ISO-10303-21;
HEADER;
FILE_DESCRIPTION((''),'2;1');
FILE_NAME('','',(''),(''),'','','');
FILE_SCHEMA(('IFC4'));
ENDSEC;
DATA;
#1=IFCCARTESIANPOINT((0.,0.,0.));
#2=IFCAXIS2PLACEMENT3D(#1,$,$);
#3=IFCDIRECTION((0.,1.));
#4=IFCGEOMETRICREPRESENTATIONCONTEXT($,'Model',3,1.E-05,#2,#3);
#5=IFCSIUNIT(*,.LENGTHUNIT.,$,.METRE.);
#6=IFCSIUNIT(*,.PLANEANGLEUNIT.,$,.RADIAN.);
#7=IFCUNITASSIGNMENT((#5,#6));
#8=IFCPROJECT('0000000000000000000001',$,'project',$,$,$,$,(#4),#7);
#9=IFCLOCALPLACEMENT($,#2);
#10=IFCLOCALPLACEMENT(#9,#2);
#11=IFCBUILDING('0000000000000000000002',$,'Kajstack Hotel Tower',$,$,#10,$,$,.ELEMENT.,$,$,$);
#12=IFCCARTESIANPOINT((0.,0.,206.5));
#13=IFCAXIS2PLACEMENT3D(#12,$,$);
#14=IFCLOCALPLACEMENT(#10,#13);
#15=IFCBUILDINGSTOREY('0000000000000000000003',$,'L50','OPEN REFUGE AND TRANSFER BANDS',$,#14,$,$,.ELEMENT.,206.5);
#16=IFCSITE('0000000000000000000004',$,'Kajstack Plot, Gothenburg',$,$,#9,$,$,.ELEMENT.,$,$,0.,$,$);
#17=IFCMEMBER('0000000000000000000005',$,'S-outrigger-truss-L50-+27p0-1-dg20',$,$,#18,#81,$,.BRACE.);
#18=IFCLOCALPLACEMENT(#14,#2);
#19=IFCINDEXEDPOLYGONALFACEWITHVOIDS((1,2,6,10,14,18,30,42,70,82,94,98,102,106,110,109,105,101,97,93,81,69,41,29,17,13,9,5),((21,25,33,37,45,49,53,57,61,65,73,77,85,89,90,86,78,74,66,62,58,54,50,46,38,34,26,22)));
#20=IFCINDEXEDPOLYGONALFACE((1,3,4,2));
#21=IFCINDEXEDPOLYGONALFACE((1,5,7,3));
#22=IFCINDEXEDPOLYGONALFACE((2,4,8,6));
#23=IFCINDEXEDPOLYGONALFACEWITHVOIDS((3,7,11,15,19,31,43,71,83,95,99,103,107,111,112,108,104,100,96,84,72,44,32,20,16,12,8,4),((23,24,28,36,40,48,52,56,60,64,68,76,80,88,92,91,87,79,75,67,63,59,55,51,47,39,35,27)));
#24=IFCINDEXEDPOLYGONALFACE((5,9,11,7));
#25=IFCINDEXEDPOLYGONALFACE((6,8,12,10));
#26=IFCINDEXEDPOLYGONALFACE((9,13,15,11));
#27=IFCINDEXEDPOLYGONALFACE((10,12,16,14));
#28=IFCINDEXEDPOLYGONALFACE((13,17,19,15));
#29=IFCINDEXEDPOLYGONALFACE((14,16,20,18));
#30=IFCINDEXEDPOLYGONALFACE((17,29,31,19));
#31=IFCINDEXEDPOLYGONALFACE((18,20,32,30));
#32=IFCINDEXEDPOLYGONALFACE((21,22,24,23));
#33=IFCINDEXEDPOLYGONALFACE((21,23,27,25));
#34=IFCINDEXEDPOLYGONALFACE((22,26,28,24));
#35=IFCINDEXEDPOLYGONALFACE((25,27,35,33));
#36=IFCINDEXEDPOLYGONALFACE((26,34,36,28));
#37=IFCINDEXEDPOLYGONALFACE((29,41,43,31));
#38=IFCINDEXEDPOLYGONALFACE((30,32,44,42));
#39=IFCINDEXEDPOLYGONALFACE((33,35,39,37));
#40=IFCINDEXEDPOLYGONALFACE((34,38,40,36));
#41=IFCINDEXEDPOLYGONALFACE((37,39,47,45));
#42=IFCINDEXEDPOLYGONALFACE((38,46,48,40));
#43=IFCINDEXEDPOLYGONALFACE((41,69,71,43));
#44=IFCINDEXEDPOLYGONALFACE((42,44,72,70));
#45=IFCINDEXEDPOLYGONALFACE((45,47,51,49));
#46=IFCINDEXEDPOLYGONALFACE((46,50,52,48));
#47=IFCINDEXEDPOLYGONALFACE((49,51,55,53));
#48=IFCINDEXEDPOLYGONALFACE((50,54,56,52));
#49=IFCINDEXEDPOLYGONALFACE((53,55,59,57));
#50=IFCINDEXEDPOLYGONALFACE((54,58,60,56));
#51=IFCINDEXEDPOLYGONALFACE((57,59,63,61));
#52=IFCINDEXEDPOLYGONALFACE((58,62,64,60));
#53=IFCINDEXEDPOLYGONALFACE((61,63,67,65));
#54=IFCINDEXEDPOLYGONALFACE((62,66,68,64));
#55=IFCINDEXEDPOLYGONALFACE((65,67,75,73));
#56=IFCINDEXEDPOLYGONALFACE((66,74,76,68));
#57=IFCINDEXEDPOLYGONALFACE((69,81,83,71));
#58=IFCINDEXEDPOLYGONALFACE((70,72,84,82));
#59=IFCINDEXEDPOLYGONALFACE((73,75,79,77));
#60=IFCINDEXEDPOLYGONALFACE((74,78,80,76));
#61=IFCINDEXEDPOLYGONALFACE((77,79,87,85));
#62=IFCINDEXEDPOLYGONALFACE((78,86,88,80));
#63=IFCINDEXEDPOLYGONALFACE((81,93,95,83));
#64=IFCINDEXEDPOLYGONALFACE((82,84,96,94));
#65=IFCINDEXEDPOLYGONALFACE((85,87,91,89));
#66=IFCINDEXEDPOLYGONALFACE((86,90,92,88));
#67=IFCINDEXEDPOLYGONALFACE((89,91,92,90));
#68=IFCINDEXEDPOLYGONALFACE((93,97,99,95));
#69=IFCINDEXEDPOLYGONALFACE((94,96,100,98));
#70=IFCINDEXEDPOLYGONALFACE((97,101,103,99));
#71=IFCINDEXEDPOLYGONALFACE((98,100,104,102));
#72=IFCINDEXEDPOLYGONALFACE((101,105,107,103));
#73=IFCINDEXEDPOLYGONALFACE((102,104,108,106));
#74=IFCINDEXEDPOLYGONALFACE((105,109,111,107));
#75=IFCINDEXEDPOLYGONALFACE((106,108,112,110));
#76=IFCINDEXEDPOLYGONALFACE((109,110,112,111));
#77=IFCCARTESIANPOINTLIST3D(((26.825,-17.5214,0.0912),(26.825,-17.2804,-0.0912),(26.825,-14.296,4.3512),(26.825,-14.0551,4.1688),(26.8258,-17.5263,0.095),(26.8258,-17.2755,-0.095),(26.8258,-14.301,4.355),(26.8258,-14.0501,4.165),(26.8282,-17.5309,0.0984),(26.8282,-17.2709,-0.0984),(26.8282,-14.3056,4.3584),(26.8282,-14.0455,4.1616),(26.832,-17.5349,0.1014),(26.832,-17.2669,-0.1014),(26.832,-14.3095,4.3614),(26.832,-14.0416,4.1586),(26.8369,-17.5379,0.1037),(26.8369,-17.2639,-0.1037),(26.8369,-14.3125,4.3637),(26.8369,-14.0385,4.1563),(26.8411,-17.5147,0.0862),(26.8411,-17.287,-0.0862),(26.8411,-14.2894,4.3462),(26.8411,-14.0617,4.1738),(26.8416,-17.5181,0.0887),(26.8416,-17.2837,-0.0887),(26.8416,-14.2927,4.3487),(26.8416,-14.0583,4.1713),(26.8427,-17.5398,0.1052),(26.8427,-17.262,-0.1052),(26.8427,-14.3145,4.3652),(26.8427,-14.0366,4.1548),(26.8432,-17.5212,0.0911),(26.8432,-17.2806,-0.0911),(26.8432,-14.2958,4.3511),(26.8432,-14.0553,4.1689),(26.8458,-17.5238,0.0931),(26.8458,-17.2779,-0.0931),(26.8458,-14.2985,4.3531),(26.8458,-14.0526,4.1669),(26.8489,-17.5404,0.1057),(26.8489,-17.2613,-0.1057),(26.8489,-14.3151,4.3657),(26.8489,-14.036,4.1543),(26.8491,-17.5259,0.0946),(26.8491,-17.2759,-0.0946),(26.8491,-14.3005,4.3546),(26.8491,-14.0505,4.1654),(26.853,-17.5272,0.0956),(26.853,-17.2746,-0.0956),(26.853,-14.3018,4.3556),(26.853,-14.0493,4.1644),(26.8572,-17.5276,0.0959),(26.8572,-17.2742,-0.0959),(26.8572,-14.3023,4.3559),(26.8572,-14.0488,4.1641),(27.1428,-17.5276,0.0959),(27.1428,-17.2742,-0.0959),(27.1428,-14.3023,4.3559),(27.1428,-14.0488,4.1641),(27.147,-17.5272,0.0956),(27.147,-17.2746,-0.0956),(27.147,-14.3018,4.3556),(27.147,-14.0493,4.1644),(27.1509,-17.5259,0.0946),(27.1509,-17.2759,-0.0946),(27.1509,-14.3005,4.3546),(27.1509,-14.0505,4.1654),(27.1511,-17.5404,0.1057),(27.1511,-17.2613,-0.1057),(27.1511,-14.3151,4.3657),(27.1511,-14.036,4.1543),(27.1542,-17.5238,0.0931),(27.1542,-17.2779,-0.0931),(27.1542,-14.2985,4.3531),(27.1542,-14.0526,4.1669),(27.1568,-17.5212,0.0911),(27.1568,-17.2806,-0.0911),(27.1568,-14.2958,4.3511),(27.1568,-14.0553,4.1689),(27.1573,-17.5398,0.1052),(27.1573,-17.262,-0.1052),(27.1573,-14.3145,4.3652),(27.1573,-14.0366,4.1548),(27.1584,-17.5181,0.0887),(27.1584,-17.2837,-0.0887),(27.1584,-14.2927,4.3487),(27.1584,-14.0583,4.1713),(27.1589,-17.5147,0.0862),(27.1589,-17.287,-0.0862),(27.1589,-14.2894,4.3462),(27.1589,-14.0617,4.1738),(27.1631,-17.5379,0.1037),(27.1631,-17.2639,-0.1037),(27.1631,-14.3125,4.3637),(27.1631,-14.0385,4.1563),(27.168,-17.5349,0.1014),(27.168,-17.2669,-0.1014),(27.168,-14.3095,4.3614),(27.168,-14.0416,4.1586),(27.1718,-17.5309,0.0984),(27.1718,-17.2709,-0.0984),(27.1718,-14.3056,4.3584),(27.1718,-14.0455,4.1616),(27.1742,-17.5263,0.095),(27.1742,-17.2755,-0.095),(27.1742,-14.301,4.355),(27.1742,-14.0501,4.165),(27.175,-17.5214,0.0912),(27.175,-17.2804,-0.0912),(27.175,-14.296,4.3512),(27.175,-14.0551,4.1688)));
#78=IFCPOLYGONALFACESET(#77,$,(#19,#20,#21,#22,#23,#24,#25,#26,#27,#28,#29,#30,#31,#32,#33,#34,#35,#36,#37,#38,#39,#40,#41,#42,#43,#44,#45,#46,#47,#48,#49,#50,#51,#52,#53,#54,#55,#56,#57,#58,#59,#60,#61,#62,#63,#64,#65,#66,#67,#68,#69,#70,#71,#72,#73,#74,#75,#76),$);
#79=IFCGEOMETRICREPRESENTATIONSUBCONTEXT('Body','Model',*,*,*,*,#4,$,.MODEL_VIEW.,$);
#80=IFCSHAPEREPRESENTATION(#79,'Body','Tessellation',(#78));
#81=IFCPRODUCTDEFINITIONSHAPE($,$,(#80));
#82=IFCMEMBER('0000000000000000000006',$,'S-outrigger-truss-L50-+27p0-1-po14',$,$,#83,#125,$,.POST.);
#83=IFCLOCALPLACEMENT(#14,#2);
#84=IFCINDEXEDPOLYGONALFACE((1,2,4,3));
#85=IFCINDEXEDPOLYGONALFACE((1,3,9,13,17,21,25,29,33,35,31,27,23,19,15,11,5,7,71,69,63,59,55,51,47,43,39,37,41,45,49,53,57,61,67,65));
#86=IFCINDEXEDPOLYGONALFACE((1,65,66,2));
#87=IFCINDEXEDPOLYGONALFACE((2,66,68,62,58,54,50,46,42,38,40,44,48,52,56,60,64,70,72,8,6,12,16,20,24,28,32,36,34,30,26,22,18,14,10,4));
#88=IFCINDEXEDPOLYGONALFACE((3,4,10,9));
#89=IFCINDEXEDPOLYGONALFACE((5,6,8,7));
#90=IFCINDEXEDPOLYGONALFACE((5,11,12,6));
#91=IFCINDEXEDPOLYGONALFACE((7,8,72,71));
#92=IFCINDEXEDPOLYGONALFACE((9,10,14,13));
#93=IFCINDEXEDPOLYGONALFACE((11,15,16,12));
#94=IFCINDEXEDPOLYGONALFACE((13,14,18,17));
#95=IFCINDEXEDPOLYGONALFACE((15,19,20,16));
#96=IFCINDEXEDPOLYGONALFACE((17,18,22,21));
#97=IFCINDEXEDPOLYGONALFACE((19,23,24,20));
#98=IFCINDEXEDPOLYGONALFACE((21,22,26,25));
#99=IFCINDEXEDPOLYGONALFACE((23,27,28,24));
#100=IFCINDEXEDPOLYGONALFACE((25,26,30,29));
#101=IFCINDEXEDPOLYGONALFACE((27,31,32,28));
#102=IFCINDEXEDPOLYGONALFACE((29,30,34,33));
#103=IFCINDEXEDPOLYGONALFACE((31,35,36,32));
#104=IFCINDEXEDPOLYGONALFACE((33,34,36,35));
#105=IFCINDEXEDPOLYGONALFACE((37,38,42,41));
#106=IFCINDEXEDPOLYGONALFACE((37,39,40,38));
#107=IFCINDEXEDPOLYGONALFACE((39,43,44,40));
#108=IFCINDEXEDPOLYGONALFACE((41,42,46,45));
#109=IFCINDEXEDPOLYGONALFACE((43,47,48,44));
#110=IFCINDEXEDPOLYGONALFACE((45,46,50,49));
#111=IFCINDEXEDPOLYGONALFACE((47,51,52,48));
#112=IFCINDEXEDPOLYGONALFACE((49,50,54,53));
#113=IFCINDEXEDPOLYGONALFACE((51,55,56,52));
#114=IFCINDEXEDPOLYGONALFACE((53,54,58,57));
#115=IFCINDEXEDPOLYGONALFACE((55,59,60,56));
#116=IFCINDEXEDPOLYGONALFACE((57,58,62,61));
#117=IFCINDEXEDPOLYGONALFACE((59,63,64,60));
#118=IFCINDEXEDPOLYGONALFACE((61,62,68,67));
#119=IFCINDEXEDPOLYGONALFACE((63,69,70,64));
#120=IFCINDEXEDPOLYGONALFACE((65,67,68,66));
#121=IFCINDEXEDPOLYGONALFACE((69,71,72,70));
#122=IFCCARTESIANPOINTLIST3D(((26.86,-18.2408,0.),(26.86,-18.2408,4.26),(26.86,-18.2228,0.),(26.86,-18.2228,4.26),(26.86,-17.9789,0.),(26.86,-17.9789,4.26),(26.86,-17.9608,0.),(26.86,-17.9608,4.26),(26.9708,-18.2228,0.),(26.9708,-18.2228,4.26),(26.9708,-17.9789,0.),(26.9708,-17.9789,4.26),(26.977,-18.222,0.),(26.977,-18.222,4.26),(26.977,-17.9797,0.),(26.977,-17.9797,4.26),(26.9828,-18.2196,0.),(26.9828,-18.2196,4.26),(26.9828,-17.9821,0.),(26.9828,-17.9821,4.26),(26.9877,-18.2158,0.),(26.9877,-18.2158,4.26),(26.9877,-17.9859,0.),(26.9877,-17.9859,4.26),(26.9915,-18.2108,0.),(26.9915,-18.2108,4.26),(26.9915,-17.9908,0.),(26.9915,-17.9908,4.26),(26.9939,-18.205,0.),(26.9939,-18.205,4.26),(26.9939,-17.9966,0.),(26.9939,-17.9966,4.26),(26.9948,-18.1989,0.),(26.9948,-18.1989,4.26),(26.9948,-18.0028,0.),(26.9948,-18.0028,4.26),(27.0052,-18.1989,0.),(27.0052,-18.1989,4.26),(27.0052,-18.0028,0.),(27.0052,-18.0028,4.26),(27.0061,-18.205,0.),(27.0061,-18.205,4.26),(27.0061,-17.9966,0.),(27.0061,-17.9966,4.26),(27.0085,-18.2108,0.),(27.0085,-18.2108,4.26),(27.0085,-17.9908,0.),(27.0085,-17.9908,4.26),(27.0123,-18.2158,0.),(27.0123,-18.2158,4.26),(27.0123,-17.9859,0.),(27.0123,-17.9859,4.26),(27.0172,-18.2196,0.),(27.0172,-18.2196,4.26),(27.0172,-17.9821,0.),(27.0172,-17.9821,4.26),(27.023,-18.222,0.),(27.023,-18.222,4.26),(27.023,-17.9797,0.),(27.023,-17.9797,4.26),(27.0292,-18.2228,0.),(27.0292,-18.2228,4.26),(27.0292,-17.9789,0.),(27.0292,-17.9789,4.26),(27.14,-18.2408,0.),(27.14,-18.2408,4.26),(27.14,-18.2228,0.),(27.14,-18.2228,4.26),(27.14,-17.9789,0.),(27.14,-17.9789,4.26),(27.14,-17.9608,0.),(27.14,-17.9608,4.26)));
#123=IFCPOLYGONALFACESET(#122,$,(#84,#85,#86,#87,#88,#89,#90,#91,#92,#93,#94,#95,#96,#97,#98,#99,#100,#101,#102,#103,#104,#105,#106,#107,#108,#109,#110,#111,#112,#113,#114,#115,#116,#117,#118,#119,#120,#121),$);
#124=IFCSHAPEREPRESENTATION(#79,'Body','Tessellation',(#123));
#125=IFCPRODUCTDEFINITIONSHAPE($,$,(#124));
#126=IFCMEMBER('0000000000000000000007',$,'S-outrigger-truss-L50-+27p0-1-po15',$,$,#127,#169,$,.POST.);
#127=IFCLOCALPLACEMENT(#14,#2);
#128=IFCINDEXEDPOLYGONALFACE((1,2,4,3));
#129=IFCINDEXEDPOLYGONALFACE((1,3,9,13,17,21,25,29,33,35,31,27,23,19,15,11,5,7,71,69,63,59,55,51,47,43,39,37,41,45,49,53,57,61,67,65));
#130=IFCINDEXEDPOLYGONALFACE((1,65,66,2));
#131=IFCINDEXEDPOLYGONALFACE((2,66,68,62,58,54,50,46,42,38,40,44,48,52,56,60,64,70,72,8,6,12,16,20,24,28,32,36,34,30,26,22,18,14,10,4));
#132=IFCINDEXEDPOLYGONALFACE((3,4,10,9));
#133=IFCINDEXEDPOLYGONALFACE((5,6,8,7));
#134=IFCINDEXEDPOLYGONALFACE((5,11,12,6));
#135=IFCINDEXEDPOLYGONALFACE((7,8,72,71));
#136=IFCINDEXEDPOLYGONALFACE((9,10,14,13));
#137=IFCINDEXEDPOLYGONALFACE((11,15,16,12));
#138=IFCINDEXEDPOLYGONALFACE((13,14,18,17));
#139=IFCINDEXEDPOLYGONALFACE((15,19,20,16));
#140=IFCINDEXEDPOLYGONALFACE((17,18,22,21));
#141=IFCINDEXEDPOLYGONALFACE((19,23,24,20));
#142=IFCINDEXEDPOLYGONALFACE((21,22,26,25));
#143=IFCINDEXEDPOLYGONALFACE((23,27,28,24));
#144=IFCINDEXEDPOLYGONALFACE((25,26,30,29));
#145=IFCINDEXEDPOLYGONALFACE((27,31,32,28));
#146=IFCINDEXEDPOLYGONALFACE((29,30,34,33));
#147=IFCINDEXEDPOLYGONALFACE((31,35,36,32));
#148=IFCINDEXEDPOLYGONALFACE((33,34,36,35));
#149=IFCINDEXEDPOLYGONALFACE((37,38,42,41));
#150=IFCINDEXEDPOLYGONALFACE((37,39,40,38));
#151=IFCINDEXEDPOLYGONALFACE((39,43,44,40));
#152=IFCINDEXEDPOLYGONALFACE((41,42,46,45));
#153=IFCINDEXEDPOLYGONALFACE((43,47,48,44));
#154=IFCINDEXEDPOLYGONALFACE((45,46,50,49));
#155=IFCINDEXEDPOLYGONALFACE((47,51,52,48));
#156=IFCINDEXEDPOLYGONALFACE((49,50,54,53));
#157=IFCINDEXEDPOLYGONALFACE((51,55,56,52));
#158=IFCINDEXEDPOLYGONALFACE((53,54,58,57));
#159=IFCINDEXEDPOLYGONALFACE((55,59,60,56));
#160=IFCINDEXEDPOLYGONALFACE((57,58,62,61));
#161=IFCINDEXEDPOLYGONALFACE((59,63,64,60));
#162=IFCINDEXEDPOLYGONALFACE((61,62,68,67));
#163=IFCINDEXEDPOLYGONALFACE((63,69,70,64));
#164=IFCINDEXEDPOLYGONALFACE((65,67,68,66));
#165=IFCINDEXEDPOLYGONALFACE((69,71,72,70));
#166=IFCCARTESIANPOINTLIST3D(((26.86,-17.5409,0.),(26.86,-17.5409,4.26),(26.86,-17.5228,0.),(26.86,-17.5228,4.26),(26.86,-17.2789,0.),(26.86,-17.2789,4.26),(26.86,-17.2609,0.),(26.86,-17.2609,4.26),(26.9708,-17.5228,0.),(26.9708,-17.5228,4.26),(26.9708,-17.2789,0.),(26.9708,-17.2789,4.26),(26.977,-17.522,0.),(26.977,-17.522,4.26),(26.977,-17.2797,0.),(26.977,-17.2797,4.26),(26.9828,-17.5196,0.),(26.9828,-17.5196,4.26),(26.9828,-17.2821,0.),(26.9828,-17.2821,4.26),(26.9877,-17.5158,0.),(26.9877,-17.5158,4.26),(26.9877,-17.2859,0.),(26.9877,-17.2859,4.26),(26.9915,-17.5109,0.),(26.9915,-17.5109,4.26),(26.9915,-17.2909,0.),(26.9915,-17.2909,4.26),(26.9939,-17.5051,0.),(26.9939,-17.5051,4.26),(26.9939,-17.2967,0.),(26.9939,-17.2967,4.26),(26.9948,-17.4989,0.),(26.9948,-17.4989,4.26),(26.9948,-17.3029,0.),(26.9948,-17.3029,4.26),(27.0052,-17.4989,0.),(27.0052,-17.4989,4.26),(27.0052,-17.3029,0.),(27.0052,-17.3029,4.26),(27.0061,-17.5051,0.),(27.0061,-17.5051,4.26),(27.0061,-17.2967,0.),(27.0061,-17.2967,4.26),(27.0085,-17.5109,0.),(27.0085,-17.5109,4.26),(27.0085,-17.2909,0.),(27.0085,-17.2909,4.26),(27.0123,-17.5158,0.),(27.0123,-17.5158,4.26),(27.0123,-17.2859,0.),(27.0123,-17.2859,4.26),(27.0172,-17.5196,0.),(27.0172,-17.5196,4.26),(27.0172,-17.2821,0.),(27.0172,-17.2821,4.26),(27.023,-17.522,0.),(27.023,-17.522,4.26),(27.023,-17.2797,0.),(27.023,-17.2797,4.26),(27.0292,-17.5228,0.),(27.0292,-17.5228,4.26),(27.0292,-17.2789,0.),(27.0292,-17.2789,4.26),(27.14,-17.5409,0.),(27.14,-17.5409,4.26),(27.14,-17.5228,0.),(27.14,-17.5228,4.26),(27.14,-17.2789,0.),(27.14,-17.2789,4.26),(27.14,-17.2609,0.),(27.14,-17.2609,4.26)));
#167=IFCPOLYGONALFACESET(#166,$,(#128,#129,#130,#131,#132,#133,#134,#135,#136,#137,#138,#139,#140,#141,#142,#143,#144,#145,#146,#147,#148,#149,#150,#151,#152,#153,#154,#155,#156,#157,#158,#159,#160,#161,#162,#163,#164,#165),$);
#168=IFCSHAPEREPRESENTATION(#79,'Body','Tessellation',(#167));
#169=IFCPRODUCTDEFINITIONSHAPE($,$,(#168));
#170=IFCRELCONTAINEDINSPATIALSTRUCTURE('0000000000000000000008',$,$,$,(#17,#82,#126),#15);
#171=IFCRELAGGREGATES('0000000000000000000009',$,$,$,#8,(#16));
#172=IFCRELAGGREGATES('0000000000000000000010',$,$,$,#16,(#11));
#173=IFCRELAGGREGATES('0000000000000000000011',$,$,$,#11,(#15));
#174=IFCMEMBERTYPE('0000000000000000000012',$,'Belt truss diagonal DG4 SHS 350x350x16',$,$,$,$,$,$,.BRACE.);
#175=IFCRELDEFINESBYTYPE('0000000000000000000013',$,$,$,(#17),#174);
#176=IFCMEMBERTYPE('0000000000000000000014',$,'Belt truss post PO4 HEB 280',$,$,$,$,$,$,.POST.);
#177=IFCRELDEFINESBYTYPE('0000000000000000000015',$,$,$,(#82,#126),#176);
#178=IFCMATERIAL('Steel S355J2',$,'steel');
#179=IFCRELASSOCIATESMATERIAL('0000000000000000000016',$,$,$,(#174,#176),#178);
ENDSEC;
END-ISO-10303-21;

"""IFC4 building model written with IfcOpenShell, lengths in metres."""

from ifc_helpers import new_model, si_unit, direction, frame, origin, origin_2d, place, context, subcontext, project, spatial, hollow_rectangle, i_section, extrude, material, material_profile, profile_set, type_object, element, save


model = new_model("IFC4")

# Units and contexts
model_context = context("Model", 3, precision=1e-05, world=origin(), true_north=direction((0.0, 1.0)))
body_context = subcontext(model_context, "Body", "Model", "MODEL_VIEW")
ifc_project = project(units=[si_unit("LENGTHUNIT", "METRE"), si_unit("PLANEANGLEUNIT", "RADIAN")], contexts=[model_context])

# Site, building, storey
site_placement = place(None, origin())
site = spatial("IfcSite", under=ifc_project, at=site_placement, Name="Kajstack Plot, Gothenburg", CompositionType="ELEMENT", RefElevation=0.0)
building_placement = place(site_placement, origin())
building = spatial("IfcBuilding", under=site, at=building_placement, Name="Kajstack Hotel Tower", CompositionType="ELEMENT")
storey_placement = place(building_placement, frame((0.0, 0.0, 206.5)))
storey = spatial("IfcBuildingStorey", under=building, at=storey_placement, Name="L50", Description="OPEN REFUGE AND TRANSFER BANDS", CompositionType="ELEMENT", Elevation=206.5)

# Members
ifc_material_1 = material(Name="Steel S355J2", Category="steel")
ifc_material_profile_1 = material_profile(ifc_material_1, hollow_rectangle(XDim=0.3501, YDim=0.3501, WallThickness=0.0161, InnerFilletRadius=0.0161, OuterFilletRadius=0.0239, at=origin_2d()), Name="SHS 350x350x16")
ifc_profile_set_1 = profile_set([ifc_material_profile_1], Name="Steel S355J2")
member_type_1 = type_object("IfcMemberType", Name="Belt truss diagonal DG4 SHS 350x350x16", PredefinedType="BRACE", material=ifc_profile_set_1)
member_1_placement = place(storey_placement, frame((27.0, -17.4009, 0.0), z_axis=(0.0, 0.603627, 0.797267), x_axis=(-1.0, 0.0, 0.0)))
element("IfcMember", 1, at=member_1_placement, inside=storey, type_object=member_type_1, Name="S-outrigger-truss-L50-+27p0-1-dg20", PredefinedType="BRACE", context=body_context, shape_type="SweptSolid", body=[
    extrude(hollow_rectangle(XDim=0.3501, YDim=0.3501, WallThickness=0.0161, InnerFilletRadius=0.0161, OuterFilletRadius=0.0239, at=origin_2d()), origin(), (0.0, 0.0, 1.0), 5.3433),
])
ifc_material_profile_2 = material_profile(ifc_material_1, i_section(OverallWidth=0.28, OverallDepth=0.28, WebThickness=0.0105, FlangeThickness=0.0181, FilletRadius=0.0239, at=origin_2d()), Name="HEB 280")
ifc_profile_set_2 = profile_set([ifc_material_profile_2], Name="Steel S355J2")
member_type_2 = type_object("IfcMemberType", Name="Belt truss post PO4 HEB 280", PredefinedType="POST", material=ifc_profile_set_2)
for number, where, z_axis, x_axis, name in (
    (2, (27.0, -18.1008, 0.0), (0.0, 0.0, 1.0), (1.0, 0.0, 0.0), "S-outrigger-truss-L50-+27p0-1-po14"),
    (3, (27.0, -17.4009, 0.0), (0.0, 0.0, 1.0), (1.0, 0.0, 0.0), "S-outrigger-truss-L50-+27p0-1-po15"),
):
    element("IfcMember", number, at=place(storey_placement, frame(where, z_axis=z_axis, x_axis=x_axis)), inside=storey, type_object=member_type_2, Name=name, PredefinedType="POST", context=body_context, shape_type="SweptSolid", body=[
        extrude(i_section(OverallWidth=0.28, OverallDepth=0.28, WebThickness=0.0105, FlangeThickness=0.0181, FilletRadius=0.0239, at=origin_2d()), origin(), (0.0, 0.0, 1.0), 4.26),
    ])

save(model, "model.ifc")
